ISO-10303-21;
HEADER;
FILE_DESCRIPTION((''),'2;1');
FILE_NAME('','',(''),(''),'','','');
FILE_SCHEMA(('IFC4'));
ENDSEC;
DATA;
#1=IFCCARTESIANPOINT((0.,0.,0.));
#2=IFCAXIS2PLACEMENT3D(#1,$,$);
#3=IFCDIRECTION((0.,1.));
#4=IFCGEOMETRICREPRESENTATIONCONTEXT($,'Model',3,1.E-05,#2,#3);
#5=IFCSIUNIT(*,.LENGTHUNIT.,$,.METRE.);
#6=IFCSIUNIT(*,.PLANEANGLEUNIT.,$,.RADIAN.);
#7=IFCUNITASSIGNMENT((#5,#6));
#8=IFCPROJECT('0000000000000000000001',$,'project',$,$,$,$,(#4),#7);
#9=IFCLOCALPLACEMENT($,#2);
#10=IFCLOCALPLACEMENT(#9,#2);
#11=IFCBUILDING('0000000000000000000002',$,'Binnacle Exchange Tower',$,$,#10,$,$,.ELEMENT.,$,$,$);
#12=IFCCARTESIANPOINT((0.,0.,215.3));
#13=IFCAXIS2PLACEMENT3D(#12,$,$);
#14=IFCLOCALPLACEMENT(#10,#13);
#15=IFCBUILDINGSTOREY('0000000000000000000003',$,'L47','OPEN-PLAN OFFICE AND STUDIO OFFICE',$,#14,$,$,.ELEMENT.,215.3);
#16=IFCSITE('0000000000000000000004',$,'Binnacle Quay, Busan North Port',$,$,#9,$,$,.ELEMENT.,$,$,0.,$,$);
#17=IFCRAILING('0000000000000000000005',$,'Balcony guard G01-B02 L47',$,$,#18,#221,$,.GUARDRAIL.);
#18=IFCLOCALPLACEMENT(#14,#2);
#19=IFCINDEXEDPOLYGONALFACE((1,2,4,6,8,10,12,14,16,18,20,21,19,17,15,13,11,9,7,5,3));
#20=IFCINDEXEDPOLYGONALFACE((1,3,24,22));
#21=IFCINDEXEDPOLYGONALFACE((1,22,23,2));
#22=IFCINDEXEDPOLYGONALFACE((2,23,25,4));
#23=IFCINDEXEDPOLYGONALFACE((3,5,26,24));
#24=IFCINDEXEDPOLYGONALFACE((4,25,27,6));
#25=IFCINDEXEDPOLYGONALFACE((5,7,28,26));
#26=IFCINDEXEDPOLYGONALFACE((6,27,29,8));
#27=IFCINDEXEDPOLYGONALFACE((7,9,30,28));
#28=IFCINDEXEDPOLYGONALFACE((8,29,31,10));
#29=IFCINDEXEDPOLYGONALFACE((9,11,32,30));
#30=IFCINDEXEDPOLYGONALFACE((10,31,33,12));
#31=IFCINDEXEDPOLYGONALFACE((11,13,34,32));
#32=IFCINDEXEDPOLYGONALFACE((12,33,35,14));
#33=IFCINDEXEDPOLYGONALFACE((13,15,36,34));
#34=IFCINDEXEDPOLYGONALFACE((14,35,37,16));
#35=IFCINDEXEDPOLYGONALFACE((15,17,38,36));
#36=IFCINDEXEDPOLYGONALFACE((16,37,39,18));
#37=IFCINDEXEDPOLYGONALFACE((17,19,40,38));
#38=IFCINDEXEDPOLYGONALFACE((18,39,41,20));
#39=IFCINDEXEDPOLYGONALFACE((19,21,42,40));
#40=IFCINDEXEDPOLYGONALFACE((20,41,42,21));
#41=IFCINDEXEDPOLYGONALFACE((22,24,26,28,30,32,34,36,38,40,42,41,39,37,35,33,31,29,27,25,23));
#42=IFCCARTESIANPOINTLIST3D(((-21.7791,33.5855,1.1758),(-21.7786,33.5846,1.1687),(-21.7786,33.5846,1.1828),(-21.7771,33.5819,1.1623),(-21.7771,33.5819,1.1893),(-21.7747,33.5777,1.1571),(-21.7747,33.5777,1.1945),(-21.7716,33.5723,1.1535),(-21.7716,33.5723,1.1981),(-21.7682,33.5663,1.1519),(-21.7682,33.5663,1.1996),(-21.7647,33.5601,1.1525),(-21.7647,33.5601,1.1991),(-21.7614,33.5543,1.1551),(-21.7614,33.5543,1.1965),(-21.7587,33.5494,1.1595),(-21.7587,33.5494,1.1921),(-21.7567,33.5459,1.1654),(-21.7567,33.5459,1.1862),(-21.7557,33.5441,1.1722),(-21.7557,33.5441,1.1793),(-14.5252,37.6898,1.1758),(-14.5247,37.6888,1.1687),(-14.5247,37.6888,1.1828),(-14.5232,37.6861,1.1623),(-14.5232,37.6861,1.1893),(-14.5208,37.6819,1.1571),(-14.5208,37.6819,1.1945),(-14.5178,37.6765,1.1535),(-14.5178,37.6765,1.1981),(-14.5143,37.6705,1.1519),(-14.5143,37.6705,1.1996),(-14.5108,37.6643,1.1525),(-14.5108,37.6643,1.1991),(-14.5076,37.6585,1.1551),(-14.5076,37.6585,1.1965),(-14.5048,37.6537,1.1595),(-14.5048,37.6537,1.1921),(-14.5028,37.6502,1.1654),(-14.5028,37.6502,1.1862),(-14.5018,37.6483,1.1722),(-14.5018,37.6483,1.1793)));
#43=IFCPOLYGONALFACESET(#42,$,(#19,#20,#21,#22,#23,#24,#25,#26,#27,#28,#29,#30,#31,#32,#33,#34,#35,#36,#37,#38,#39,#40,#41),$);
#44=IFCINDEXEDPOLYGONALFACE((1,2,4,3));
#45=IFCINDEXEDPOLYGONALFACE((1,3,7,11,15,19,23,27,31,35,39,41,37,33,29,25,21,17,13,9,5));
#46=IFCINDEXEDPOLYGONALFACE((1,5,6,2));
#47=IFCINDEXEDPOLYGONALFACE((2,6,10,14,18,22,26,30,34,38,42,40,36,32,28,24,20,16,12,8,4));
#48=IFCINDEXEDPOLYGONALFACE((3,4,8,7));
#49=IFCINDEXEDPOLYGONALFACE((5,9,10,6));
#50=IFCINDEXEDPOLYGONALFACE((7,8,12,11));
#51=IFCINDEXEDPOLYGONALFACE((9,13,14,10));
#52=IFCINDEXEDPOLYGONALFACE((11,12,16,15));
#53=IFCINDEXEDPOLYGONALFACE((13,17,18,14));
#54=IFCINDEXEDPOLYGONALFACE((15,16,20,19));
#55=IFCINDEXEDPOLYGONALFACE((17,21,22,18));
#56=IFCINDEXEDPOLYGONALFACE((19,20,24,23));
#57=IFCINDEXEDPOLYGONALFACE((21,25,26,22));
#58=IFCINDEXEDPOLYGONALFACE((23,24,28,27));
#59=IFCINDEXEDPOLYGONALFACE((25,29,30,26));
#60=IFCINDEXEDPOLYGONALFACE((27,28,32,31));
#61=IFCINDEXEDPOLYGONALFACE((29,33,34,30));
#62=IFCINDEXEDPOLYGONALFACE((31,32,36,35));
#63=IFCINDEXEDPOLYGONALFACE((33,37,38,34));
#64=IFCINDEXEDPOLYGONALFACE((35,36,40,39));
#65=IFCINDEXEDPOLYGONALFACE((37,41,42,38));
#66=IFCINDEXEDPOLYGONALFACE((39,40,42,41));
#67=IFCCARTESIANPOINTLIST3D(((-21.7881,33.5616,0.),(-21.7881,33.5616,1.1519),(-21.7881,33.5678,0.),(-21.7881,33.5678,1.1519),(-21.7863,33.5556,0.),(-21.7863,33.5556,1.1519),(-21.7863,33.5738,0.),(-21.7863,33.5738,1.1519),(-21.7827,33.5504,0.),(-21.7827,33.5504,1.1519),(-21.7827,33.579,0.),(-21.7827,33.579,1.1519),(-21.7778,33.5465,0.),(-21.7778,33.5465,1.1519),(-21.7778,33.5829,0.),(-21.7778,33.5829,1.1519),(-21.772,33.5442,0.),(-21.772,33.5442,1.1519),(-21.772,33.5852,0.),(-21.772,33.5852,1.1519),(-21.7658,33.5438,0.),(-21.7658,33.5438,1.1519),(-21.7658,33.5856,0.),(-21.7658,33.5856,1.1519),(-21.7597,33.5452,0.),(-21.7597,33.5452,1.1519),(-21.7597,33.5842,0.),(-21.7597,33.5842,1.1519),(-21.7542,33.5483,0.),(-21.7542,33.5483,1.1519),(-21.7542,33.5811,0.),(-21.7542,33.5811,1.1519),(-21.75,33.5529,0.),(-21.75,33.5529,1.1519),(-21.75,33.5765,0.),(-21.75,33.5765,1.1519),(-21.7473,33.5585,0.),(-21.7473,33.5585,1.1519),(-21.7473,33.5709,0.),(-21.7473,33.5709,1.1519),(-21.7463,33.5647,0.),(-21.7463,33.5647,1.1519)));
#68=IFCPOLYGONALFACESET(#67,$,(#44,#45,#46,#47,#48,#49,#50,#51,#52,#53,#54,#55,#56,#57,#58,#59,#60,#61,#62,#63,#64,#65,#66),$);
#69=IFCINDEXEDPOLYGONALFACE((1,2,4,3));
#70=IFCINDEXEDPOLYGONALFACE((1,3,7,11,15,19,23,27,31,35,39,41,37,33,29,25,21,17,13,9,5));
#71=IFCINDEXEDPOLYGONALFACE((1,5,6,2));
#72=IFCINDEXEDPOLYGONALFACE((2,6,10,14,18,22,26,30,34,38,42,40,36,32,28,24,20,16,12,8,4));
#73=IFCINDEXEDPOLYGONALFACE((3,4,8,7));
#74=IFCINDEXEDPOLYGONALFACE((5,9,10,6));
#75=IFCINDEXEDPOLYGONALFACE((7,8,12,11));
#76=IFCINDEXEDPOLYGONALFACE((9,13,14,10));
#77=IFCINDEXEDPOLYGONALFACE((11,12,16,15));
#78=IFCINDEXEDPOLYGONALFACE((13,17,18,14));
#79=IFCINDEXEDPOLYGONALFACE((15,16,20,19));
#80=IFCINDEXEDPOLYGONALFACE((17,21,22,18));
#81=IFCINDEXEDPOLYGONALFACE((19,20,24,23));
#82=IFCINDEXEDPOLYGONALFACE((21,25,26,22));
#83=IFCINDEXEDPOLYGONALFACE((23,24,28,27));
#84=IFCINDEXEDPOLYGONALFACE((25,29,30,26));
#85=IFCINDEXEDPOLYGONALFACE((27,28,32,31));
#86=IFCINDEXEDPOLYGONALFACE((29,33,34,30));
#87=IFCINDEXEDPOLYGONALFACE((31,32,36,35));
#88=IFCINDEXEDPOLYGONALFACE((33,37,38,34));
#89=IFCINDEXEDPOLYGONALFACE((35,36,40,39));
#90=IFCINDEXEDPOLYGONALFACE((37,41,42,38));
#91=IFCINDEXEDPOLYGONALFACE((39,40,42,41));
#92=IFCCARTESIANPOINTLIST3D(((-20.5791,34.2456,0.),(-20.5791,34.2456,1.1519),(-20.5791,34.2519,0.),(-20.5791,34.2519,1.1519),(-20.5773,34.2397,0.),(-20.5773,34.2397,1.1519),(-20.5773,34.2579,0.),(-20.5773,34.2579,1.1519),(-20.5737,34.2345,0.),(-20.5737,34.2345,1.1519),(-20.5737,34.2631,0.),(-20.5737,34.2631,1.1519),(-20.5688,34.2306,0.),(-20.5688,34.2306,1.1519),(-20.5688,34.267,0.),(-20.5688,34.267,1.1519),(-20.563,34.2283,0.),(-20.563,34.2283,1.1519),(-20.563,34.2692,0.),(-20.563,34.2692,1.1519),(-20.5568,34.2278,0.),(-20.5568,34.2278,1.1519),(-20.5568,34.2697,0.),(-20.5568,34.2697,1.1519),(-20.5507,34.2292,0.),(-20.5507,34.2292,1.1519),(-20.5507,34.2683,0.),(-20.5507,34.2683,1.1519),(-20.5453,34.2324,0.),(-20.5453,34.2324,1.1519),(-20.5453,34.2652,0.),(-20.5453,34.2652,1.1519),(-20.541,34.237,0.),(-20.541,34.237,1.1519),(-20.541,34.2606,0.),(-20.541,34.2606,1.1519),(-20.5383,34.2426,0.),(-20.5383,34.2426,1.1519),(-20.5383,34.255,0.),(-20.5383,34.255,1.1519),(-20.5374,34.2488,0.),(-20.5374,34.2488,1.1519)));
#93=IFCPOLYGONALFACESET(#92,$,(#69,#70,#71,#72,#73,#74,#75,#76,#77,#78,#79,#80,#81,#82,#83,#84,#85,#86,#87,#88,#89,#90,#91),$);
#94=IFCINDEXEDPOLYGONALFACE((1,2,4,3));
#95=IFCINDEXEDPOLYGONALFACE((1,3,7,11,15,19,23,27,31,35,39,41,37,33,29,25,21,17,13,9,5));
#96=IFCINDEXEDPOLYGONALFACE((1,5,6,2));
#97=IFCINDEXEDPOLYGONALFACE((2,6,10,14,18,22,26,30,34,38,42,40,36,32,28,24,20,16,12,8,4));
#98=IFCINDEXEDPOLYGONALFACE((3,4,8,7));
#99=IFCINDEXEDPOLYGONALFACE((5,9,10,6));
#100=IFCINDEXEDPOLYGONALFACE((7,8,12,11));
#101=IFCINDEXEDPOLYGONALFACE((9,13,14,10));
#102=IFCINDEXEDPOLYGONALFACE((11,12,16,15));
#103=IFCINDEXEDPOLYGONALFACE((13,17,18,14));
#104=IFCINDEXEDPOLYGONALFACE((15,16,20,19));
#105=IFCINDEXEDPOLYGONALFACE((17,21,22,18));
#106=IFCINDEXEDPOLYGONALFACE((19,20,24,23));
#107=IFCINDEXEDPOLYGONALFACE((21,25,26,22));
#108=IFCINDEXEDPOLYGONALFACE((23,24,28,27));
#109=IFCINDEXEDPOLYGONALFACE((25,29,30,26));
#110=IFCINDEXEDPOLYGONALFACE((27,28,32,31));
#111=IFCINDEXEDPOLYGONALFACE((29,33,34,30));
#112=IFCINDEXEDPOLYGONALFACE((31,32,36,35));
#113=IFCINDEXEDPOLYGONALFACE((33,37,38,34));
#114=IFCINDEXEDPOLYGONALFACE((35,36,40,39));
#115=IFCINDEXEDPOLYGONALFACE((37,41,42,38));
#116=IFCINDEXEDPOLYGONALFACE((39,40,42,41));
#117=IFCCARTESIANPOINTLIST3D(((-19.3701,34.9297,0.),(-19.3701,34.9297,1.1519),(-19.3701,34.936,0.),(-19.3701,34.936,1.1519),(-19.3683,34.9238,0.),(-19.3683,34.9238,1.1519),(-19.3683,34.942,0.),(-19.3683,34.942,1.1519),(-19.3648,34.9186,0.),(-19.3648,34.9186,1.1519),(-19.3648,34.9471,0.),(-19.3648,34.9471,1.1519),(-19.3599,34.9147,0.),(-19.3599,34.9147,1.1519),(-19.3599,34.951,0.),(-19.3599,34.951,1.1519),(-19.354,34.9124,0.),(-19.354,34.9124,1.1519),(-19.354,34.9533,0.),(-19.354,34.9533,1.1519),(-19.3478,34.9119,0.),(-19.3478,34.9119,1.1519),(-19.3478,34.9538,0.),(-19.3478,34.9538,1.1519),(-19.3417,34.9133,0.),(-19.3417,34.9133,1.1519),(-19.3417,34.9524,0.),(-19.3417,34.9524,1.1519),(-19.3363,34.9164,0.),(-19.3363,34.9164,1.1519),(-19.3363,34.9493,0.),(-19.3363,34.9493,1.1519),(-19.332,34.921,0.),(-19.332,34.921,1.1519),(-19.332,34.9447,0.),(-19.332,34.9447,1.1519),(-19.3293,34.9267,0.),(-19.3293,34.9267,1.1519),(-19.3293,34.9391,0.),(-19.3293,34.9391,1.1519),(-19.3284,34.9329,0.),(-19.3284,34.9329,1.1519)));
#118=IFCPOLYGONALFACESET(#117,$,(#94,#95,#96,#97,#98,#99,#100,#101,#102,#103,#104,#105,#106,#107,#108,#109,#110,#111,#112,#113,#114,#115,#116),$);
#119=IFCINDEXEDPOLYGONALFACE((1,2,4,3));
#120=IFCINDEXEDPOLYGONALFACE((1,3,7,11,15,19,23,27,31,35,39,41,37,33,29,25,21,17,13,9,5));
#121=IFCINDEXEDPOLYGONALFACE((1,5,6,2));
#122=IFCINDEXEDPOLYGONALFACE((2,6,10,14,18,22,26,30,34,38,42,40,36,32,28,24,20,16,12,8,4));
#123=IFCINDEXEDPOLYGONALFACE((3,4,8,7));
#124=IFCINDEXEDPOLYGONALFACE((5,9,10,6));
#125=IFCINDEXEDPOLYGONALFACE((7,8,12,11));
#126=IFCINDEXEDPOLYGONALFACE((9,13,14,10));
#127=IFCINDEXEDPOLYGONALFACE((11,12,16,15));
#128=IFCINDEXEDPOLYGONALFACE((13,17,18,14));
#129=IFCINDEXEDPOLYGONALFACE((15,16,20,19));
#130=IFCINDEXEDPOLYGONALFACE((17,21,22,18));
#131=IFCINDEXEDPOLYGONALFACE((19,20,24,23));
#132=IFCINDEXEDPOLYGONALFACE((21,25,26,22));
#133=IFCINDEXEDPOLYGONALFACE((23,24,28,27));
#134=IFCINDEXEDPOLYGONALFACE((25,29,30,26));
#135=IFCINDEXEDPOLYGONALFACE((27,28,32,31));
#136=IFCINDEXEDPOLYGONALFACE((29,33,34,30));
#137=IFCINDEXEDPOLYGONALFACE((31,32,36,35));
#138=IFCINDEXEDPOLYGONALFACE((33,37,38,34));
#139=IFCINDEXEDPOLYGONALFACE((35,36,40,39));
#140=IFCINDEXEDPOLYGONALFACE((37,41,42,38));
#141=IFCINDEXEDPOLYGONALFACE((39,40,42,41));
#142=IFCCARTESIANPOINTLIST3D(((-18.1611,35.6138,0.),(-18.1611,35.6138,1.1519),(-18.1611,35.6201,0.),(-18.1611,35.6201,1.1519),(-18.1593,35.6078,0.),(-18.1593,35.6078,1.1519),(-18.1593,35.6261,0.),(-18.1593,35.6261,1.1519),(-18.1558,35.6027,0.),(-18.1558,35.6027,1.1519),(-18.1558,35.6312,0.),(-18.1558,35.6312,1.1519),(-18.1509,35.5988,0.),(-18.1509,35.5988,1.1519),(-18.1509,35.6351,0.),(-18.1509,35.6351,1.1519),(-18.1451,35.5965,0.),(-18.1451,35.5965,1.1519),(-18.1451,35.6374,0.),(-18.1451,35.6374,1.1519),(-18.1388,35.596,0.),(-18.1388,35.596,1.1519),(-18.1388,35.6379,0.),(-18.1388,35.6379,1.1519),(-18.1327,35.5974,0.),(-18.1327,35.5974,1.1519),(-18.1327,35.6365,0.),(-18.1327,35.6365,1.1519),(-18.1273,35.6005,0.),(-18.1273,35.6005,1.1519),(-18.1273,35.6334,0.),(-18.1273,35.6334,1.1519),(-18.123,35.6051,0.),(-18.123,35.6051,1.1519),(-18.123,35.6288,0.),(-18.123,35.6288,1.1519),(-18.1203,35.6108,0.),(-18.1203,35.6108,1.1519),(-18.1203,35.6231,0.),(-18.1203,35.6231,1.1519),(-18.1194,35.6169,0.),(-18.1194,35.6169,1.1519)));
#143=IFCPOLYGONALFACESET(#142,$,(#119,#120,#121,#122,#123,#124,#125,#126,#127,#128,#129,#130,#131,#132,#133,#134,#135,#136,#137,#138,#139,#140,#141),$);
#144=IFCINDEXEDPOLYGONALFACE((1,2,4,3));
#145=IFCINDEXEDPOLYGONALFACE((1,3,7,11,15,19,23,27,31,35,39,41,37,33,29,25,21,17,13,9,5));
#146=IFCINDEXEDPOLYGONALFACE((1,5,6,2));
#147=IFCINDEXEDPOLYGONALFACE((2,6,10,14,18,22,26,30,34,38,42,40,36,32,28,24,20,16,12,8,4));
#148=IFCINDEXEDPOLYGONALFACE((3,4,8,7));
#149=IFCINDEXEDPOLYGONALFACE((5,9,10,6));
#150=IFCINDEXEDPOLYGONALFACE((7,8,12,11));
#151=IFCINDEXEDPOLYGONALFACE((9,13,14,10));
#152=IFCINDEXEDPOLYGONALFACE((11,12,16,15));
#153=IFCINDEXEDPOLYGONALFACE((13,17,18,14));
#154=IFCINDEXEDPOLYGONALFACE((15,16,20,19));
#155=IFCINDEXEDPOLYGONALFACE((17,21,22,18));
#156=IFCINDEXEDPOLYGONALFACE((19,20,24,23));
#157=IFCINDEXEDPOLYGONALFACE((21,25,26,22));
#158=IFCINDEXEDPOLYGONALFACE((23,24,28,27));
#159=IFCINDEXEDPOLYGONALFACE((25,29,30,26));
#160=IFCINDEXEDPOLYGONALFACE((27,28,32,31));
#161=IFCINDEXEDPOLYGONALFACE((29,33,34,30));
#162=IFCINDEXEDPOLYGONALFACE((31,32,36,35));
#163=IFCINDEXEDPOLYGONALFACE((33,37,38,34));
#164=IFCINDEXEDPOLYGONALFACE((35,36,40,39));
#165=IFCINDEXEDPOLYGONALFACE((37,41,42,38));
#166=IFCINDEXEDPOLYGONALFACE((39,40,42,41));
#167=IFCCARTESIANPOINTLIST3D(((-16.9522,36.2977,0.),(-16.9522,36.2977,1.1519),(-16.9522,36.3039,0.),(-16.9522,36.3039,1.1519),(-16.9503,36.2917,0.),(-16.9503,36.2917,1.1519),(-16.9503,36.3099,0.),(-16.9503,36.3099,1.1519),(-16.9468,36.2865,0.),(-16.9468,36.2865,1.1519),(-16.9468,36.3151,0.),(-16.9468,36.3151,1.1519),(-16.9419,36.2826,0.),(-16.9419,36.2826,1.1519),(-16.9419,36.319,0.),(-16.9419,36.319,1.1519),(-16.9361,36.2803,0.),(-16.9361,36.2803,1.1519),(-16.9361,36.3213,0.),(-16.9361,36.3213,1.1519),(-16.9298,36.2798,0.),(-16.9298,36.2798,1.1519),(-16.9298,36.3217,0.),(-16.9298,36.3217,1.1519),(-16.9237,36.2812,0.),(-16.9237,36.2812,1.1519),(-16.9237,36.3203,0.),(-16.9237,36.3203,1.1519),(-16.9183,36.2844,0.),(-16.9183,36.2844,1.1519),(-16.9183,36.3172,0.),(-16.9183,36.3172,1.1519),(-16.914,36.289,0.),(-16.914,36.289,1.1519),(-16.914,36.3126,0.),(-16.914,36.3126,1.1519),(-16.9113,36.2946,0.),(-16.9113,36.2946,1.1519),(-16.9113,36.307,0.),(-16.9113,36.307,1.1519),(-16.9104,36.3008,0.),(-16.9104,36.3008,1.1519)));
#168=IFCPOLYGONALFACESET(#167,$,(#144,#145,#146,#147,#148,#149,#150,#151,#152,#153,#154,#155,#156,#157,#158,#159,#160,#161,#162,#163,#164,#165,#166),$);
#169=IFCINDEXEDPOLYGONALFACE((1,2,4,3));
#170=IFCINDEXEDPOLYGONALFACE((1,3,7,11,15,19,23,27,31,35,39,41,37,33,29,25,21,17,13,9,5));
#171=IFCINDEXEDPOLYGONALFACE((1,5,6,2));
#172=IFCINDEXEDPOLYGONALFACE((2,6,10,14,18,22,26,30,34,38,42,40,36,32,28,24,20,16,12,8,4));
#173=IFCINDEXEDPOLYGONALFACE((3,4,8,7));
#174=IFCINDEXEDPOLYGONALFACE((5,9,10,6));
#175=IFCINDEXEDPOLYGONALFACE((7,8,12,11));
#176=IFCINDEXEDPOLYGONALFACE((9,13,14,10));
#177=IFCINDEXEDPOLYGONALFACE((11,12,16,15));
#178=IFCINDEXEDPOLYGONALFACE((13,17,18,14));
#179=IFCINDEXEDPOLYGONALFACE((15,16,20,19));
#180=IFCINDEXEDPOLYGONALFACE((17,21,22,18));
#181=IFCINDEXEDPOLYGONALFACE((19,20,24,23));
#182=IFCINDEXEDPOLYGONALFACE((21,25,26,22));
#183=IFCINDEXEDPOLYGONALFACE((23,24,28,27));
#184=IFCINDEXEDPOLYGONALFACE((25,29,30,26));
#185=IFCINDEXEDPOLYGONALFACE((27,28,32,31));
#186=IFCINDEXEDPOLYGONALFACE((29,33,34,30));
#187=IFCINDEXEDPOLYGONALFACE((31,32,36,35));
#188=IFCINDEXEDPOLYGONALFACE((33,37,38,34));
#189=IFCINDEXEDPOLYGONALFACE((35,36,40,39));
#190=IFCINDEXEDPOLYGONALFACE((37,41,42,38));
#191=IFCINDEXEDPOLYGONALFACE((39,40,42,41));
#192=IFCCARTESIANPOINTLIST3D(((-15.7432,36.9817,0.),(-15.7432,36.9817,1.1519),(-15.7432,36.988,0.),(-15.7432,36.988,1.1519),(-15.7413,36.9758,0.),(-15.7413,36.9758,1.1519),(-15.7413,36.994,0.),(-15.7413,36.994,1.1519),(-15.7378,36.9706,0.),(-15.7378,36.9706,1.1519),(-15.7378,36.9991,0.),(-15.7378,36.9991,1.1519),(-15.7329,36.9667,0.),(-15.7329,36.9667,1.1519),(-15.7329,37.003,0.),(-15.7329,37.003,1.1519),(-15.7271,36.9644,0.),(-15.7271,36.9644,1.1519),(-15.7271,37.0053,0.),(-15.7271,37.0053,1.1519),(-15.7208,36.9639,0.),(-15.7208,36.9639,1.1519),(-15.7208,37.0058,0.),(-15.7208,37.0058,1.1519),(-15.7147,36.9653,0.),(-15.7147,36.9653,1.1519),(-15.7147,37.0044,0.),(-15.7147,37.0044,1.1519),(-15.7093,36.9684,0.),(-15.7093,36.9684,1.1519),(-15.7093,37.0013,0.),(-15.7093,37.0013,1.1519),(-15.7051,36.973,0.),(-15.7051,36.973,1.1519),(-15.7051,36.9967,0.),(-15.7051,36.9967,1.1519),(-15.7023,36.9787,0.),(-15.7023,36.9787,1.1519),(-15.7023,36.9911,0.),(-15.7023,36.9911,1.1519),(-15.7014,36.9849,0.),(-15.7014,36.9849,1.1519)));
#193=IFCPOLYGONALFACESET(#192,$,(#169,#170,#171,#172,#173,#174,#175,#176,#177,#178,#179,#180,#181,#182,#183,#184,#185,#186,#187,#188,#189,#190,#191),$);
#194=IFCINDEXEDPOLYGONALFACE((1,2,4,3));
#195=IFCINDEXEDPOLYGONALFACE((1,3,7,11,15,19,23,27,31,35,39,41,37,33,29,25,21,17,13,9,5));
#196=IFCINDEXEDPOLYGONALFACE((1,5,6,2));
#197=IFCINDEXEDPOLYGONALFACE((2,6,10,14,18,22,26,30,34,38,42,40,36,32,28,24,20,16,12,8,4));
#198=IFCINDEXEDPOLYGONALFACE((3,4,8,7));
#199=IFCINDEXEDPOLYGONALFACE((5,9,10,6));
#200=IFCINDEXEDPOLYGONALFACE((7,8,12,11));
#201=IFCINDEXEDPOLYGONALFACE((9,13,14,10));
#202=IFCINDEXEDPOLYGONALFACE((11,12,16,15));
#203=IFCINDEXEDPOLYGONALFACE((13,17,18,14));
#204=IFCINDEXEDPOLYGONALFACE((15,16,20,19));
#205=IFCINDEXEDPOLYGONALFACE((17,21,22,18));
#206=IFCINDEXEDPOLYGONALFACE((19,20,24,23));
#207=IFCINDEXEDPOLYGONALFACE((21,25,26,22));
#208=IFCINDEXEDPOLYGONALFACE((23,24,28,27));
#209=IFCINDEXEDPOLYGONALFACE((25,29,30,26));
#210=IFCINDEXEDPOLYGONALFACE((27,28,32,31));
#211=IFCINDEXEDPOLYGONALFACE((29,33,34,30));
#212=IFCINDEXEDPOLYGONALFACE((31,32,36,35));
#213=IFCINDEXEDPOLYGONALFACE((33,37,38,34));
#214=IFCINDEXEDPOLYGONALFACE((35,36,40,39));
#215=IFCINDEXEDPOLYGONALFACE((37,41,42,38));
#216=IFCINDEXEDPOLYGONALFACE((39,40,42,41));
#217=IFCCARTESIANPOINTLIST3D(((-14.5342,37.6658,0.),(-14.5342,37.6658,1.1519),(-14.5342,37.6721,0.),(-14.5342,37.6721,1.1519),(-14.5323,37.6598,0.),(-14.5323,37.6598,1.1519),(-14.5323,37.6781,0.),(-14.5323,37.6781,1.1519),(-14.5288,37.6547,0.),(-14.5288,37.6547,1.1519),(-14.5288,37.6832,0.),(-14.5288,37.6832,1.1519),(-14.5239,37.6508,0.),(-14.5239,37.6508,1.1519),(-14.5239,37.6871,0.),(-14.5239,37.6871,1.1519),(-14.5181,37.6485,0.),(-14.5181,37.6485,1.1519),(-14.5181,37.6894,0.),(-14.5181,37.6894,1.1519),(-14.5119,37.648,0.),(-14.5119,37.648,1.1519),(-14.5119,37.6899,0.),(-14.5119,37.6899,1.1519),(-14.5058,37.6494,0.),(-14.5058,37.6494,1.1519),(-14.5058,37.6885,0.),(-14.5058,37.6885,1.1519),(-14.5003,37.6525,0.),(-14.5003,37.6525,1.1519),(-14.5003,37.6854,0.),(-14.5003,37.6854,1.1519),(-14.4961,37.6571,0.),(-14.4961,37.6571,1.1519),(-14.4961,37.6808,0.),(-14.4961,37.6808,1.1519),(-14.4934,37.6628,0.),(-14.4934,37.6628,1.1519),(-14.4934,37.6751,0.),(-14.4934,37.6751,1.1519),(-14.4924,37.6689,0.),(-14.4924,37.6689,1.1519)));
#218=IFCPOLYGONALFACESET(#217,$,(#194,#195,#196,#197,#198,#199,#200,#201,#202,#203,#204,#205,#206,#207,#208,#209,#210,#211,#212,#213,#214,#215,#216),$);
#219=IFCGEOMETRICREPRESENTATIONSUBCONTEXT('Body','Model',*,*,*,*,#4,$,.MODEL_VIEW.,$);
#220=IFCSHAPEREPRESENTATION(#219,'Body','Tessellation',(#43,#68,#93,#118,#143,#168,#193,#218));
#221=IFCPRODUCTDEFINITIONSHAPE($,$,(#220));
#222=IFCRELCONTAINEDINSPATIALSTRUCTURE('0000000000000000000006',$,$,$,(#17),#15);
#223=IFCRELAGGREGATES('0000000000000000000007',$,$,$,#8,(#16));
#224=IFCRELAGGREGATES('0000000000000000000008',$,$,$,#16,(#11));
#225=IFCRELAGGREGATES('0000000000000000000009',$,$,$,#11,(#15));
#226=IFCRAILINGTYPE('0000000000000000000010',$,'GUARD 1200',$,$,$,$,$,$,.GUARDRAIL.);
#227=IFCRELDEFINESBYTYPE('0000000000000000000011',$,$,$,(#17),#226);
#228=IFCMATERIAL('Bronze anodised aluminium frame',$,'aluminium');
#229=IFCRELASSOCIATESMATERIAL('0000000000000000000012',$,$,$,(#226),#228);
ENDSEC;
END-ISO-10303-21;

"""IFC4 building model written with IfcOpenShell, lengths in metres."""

from ifc_helpers import new_model, si_unit, direction, frame, origin, origin_2d, place, context, subcontext, project, spatial, circle, extrude, material, type_object, element, save


model = new_model("IFC4")

# Units and contexts
model_context = context("Model", 3, precision=1e-05, world=origin(), true_north=direction((0.0, 1.0)))
body_context = subcontext(model_context, "Body", "Model", "MODEL_VIEW")
ifc_project = project(units=[si_unit("LENGTHUNIT", "METRE"), si_unit("PLANEANGLEUNIT", "RADIAN")], contexts=[model_context])

# Site, building, storey
site_placement = place(None, origin())
site = spatial("IfcSite", under=ifc_project, at=site_placement, Name="Binnacle Quay, Busan North Port", CompositionType="ELEMENT", RefElevation=0.0)
building_placement = place(site_placement, origin())
building = spatial("IfcBuilding", under=site, at=building_placement, Name="Binnacle Exchange Tower", CompositionType="ELEMENT")
storey_placement = place(building_placement, frame((0.0, 0.0, 215.3)))
storey = spatial("IfcBuildingStorey", under=building, at=storey_placement, Name="L47", Description="OPEN-PLAN OFFICE AND STUDIO OFFICE", CompositionType="ELEMENT", Elevation=215.3)

# Railing
ifc_material_1 = material(Name="Bronze anodised aluminium frame", Category="aluminium")
railing_type = type_object("IfcRailingType", Name="GUARD 1200", PredefinedType="GUARDRAIL", material=ifc_material_1)
railing_placement = place(storey_placement, frame((-21.7673, 33.5647, 0.0)))
element("IfcRailing", 1, at=railing_placement, inside=storey, type_object=railing_type, Name="Balcony guard G01-B02 L47", PredefinedType="GUARDRAIL", context=body_context, shape_type="SweptSolid", body=[
    extrude(circle(Radius=0.0239, at=origin_2d()), frame((0.0, 0.0, 1.1758), z_axis=(0.870346, 0.49244, 0.0), x_axis=(-0.49244, 0.870346, 0.0)), (0.0, 0.0, 1.0), 8.3345),
    extrude(circle(Radius=0.021, at=origin_2d()), origin(), (0.0, 0.0, 1.0), 1.1519),
    extrude(circle(Radius=0.021, at=origin_2d()), frame((1.209, 0.6841, 0.0)), (0.0, 0.0, 1.0), 1.1519),
    extrude(circle(Radius=0.021, at=origin_2d()), frame((2.418, 1.3682, 0.0)), (0.0, 0.0, 1.0), 1.1519),
    extrude(circle(Radius=0.021, at=origin_2d()), frame((3.627, 2.0522, 0.0)), (0.0, 0.0, 1.0), 1.1519),
    extrude(circle(Radius=0.021, at=origin_2d()), frame((4.8359, 2.7361, 0.0)), (0.0, 0.0, 1.0), 1.1519),
    extrude(circle(Radius=0.021, at=origin_2d()), frame((6.0449, 3.4202, 0.0)), (0.0, 0.0, 1.0), 1.1519),
    extrude(circle(Radius=0.021, at=origin_2d()), frame((7.2539, 4.1042, 0.0)), (0.0, 0.0, 1.0), 1.1519),
])

save(model, "model.ifc")
